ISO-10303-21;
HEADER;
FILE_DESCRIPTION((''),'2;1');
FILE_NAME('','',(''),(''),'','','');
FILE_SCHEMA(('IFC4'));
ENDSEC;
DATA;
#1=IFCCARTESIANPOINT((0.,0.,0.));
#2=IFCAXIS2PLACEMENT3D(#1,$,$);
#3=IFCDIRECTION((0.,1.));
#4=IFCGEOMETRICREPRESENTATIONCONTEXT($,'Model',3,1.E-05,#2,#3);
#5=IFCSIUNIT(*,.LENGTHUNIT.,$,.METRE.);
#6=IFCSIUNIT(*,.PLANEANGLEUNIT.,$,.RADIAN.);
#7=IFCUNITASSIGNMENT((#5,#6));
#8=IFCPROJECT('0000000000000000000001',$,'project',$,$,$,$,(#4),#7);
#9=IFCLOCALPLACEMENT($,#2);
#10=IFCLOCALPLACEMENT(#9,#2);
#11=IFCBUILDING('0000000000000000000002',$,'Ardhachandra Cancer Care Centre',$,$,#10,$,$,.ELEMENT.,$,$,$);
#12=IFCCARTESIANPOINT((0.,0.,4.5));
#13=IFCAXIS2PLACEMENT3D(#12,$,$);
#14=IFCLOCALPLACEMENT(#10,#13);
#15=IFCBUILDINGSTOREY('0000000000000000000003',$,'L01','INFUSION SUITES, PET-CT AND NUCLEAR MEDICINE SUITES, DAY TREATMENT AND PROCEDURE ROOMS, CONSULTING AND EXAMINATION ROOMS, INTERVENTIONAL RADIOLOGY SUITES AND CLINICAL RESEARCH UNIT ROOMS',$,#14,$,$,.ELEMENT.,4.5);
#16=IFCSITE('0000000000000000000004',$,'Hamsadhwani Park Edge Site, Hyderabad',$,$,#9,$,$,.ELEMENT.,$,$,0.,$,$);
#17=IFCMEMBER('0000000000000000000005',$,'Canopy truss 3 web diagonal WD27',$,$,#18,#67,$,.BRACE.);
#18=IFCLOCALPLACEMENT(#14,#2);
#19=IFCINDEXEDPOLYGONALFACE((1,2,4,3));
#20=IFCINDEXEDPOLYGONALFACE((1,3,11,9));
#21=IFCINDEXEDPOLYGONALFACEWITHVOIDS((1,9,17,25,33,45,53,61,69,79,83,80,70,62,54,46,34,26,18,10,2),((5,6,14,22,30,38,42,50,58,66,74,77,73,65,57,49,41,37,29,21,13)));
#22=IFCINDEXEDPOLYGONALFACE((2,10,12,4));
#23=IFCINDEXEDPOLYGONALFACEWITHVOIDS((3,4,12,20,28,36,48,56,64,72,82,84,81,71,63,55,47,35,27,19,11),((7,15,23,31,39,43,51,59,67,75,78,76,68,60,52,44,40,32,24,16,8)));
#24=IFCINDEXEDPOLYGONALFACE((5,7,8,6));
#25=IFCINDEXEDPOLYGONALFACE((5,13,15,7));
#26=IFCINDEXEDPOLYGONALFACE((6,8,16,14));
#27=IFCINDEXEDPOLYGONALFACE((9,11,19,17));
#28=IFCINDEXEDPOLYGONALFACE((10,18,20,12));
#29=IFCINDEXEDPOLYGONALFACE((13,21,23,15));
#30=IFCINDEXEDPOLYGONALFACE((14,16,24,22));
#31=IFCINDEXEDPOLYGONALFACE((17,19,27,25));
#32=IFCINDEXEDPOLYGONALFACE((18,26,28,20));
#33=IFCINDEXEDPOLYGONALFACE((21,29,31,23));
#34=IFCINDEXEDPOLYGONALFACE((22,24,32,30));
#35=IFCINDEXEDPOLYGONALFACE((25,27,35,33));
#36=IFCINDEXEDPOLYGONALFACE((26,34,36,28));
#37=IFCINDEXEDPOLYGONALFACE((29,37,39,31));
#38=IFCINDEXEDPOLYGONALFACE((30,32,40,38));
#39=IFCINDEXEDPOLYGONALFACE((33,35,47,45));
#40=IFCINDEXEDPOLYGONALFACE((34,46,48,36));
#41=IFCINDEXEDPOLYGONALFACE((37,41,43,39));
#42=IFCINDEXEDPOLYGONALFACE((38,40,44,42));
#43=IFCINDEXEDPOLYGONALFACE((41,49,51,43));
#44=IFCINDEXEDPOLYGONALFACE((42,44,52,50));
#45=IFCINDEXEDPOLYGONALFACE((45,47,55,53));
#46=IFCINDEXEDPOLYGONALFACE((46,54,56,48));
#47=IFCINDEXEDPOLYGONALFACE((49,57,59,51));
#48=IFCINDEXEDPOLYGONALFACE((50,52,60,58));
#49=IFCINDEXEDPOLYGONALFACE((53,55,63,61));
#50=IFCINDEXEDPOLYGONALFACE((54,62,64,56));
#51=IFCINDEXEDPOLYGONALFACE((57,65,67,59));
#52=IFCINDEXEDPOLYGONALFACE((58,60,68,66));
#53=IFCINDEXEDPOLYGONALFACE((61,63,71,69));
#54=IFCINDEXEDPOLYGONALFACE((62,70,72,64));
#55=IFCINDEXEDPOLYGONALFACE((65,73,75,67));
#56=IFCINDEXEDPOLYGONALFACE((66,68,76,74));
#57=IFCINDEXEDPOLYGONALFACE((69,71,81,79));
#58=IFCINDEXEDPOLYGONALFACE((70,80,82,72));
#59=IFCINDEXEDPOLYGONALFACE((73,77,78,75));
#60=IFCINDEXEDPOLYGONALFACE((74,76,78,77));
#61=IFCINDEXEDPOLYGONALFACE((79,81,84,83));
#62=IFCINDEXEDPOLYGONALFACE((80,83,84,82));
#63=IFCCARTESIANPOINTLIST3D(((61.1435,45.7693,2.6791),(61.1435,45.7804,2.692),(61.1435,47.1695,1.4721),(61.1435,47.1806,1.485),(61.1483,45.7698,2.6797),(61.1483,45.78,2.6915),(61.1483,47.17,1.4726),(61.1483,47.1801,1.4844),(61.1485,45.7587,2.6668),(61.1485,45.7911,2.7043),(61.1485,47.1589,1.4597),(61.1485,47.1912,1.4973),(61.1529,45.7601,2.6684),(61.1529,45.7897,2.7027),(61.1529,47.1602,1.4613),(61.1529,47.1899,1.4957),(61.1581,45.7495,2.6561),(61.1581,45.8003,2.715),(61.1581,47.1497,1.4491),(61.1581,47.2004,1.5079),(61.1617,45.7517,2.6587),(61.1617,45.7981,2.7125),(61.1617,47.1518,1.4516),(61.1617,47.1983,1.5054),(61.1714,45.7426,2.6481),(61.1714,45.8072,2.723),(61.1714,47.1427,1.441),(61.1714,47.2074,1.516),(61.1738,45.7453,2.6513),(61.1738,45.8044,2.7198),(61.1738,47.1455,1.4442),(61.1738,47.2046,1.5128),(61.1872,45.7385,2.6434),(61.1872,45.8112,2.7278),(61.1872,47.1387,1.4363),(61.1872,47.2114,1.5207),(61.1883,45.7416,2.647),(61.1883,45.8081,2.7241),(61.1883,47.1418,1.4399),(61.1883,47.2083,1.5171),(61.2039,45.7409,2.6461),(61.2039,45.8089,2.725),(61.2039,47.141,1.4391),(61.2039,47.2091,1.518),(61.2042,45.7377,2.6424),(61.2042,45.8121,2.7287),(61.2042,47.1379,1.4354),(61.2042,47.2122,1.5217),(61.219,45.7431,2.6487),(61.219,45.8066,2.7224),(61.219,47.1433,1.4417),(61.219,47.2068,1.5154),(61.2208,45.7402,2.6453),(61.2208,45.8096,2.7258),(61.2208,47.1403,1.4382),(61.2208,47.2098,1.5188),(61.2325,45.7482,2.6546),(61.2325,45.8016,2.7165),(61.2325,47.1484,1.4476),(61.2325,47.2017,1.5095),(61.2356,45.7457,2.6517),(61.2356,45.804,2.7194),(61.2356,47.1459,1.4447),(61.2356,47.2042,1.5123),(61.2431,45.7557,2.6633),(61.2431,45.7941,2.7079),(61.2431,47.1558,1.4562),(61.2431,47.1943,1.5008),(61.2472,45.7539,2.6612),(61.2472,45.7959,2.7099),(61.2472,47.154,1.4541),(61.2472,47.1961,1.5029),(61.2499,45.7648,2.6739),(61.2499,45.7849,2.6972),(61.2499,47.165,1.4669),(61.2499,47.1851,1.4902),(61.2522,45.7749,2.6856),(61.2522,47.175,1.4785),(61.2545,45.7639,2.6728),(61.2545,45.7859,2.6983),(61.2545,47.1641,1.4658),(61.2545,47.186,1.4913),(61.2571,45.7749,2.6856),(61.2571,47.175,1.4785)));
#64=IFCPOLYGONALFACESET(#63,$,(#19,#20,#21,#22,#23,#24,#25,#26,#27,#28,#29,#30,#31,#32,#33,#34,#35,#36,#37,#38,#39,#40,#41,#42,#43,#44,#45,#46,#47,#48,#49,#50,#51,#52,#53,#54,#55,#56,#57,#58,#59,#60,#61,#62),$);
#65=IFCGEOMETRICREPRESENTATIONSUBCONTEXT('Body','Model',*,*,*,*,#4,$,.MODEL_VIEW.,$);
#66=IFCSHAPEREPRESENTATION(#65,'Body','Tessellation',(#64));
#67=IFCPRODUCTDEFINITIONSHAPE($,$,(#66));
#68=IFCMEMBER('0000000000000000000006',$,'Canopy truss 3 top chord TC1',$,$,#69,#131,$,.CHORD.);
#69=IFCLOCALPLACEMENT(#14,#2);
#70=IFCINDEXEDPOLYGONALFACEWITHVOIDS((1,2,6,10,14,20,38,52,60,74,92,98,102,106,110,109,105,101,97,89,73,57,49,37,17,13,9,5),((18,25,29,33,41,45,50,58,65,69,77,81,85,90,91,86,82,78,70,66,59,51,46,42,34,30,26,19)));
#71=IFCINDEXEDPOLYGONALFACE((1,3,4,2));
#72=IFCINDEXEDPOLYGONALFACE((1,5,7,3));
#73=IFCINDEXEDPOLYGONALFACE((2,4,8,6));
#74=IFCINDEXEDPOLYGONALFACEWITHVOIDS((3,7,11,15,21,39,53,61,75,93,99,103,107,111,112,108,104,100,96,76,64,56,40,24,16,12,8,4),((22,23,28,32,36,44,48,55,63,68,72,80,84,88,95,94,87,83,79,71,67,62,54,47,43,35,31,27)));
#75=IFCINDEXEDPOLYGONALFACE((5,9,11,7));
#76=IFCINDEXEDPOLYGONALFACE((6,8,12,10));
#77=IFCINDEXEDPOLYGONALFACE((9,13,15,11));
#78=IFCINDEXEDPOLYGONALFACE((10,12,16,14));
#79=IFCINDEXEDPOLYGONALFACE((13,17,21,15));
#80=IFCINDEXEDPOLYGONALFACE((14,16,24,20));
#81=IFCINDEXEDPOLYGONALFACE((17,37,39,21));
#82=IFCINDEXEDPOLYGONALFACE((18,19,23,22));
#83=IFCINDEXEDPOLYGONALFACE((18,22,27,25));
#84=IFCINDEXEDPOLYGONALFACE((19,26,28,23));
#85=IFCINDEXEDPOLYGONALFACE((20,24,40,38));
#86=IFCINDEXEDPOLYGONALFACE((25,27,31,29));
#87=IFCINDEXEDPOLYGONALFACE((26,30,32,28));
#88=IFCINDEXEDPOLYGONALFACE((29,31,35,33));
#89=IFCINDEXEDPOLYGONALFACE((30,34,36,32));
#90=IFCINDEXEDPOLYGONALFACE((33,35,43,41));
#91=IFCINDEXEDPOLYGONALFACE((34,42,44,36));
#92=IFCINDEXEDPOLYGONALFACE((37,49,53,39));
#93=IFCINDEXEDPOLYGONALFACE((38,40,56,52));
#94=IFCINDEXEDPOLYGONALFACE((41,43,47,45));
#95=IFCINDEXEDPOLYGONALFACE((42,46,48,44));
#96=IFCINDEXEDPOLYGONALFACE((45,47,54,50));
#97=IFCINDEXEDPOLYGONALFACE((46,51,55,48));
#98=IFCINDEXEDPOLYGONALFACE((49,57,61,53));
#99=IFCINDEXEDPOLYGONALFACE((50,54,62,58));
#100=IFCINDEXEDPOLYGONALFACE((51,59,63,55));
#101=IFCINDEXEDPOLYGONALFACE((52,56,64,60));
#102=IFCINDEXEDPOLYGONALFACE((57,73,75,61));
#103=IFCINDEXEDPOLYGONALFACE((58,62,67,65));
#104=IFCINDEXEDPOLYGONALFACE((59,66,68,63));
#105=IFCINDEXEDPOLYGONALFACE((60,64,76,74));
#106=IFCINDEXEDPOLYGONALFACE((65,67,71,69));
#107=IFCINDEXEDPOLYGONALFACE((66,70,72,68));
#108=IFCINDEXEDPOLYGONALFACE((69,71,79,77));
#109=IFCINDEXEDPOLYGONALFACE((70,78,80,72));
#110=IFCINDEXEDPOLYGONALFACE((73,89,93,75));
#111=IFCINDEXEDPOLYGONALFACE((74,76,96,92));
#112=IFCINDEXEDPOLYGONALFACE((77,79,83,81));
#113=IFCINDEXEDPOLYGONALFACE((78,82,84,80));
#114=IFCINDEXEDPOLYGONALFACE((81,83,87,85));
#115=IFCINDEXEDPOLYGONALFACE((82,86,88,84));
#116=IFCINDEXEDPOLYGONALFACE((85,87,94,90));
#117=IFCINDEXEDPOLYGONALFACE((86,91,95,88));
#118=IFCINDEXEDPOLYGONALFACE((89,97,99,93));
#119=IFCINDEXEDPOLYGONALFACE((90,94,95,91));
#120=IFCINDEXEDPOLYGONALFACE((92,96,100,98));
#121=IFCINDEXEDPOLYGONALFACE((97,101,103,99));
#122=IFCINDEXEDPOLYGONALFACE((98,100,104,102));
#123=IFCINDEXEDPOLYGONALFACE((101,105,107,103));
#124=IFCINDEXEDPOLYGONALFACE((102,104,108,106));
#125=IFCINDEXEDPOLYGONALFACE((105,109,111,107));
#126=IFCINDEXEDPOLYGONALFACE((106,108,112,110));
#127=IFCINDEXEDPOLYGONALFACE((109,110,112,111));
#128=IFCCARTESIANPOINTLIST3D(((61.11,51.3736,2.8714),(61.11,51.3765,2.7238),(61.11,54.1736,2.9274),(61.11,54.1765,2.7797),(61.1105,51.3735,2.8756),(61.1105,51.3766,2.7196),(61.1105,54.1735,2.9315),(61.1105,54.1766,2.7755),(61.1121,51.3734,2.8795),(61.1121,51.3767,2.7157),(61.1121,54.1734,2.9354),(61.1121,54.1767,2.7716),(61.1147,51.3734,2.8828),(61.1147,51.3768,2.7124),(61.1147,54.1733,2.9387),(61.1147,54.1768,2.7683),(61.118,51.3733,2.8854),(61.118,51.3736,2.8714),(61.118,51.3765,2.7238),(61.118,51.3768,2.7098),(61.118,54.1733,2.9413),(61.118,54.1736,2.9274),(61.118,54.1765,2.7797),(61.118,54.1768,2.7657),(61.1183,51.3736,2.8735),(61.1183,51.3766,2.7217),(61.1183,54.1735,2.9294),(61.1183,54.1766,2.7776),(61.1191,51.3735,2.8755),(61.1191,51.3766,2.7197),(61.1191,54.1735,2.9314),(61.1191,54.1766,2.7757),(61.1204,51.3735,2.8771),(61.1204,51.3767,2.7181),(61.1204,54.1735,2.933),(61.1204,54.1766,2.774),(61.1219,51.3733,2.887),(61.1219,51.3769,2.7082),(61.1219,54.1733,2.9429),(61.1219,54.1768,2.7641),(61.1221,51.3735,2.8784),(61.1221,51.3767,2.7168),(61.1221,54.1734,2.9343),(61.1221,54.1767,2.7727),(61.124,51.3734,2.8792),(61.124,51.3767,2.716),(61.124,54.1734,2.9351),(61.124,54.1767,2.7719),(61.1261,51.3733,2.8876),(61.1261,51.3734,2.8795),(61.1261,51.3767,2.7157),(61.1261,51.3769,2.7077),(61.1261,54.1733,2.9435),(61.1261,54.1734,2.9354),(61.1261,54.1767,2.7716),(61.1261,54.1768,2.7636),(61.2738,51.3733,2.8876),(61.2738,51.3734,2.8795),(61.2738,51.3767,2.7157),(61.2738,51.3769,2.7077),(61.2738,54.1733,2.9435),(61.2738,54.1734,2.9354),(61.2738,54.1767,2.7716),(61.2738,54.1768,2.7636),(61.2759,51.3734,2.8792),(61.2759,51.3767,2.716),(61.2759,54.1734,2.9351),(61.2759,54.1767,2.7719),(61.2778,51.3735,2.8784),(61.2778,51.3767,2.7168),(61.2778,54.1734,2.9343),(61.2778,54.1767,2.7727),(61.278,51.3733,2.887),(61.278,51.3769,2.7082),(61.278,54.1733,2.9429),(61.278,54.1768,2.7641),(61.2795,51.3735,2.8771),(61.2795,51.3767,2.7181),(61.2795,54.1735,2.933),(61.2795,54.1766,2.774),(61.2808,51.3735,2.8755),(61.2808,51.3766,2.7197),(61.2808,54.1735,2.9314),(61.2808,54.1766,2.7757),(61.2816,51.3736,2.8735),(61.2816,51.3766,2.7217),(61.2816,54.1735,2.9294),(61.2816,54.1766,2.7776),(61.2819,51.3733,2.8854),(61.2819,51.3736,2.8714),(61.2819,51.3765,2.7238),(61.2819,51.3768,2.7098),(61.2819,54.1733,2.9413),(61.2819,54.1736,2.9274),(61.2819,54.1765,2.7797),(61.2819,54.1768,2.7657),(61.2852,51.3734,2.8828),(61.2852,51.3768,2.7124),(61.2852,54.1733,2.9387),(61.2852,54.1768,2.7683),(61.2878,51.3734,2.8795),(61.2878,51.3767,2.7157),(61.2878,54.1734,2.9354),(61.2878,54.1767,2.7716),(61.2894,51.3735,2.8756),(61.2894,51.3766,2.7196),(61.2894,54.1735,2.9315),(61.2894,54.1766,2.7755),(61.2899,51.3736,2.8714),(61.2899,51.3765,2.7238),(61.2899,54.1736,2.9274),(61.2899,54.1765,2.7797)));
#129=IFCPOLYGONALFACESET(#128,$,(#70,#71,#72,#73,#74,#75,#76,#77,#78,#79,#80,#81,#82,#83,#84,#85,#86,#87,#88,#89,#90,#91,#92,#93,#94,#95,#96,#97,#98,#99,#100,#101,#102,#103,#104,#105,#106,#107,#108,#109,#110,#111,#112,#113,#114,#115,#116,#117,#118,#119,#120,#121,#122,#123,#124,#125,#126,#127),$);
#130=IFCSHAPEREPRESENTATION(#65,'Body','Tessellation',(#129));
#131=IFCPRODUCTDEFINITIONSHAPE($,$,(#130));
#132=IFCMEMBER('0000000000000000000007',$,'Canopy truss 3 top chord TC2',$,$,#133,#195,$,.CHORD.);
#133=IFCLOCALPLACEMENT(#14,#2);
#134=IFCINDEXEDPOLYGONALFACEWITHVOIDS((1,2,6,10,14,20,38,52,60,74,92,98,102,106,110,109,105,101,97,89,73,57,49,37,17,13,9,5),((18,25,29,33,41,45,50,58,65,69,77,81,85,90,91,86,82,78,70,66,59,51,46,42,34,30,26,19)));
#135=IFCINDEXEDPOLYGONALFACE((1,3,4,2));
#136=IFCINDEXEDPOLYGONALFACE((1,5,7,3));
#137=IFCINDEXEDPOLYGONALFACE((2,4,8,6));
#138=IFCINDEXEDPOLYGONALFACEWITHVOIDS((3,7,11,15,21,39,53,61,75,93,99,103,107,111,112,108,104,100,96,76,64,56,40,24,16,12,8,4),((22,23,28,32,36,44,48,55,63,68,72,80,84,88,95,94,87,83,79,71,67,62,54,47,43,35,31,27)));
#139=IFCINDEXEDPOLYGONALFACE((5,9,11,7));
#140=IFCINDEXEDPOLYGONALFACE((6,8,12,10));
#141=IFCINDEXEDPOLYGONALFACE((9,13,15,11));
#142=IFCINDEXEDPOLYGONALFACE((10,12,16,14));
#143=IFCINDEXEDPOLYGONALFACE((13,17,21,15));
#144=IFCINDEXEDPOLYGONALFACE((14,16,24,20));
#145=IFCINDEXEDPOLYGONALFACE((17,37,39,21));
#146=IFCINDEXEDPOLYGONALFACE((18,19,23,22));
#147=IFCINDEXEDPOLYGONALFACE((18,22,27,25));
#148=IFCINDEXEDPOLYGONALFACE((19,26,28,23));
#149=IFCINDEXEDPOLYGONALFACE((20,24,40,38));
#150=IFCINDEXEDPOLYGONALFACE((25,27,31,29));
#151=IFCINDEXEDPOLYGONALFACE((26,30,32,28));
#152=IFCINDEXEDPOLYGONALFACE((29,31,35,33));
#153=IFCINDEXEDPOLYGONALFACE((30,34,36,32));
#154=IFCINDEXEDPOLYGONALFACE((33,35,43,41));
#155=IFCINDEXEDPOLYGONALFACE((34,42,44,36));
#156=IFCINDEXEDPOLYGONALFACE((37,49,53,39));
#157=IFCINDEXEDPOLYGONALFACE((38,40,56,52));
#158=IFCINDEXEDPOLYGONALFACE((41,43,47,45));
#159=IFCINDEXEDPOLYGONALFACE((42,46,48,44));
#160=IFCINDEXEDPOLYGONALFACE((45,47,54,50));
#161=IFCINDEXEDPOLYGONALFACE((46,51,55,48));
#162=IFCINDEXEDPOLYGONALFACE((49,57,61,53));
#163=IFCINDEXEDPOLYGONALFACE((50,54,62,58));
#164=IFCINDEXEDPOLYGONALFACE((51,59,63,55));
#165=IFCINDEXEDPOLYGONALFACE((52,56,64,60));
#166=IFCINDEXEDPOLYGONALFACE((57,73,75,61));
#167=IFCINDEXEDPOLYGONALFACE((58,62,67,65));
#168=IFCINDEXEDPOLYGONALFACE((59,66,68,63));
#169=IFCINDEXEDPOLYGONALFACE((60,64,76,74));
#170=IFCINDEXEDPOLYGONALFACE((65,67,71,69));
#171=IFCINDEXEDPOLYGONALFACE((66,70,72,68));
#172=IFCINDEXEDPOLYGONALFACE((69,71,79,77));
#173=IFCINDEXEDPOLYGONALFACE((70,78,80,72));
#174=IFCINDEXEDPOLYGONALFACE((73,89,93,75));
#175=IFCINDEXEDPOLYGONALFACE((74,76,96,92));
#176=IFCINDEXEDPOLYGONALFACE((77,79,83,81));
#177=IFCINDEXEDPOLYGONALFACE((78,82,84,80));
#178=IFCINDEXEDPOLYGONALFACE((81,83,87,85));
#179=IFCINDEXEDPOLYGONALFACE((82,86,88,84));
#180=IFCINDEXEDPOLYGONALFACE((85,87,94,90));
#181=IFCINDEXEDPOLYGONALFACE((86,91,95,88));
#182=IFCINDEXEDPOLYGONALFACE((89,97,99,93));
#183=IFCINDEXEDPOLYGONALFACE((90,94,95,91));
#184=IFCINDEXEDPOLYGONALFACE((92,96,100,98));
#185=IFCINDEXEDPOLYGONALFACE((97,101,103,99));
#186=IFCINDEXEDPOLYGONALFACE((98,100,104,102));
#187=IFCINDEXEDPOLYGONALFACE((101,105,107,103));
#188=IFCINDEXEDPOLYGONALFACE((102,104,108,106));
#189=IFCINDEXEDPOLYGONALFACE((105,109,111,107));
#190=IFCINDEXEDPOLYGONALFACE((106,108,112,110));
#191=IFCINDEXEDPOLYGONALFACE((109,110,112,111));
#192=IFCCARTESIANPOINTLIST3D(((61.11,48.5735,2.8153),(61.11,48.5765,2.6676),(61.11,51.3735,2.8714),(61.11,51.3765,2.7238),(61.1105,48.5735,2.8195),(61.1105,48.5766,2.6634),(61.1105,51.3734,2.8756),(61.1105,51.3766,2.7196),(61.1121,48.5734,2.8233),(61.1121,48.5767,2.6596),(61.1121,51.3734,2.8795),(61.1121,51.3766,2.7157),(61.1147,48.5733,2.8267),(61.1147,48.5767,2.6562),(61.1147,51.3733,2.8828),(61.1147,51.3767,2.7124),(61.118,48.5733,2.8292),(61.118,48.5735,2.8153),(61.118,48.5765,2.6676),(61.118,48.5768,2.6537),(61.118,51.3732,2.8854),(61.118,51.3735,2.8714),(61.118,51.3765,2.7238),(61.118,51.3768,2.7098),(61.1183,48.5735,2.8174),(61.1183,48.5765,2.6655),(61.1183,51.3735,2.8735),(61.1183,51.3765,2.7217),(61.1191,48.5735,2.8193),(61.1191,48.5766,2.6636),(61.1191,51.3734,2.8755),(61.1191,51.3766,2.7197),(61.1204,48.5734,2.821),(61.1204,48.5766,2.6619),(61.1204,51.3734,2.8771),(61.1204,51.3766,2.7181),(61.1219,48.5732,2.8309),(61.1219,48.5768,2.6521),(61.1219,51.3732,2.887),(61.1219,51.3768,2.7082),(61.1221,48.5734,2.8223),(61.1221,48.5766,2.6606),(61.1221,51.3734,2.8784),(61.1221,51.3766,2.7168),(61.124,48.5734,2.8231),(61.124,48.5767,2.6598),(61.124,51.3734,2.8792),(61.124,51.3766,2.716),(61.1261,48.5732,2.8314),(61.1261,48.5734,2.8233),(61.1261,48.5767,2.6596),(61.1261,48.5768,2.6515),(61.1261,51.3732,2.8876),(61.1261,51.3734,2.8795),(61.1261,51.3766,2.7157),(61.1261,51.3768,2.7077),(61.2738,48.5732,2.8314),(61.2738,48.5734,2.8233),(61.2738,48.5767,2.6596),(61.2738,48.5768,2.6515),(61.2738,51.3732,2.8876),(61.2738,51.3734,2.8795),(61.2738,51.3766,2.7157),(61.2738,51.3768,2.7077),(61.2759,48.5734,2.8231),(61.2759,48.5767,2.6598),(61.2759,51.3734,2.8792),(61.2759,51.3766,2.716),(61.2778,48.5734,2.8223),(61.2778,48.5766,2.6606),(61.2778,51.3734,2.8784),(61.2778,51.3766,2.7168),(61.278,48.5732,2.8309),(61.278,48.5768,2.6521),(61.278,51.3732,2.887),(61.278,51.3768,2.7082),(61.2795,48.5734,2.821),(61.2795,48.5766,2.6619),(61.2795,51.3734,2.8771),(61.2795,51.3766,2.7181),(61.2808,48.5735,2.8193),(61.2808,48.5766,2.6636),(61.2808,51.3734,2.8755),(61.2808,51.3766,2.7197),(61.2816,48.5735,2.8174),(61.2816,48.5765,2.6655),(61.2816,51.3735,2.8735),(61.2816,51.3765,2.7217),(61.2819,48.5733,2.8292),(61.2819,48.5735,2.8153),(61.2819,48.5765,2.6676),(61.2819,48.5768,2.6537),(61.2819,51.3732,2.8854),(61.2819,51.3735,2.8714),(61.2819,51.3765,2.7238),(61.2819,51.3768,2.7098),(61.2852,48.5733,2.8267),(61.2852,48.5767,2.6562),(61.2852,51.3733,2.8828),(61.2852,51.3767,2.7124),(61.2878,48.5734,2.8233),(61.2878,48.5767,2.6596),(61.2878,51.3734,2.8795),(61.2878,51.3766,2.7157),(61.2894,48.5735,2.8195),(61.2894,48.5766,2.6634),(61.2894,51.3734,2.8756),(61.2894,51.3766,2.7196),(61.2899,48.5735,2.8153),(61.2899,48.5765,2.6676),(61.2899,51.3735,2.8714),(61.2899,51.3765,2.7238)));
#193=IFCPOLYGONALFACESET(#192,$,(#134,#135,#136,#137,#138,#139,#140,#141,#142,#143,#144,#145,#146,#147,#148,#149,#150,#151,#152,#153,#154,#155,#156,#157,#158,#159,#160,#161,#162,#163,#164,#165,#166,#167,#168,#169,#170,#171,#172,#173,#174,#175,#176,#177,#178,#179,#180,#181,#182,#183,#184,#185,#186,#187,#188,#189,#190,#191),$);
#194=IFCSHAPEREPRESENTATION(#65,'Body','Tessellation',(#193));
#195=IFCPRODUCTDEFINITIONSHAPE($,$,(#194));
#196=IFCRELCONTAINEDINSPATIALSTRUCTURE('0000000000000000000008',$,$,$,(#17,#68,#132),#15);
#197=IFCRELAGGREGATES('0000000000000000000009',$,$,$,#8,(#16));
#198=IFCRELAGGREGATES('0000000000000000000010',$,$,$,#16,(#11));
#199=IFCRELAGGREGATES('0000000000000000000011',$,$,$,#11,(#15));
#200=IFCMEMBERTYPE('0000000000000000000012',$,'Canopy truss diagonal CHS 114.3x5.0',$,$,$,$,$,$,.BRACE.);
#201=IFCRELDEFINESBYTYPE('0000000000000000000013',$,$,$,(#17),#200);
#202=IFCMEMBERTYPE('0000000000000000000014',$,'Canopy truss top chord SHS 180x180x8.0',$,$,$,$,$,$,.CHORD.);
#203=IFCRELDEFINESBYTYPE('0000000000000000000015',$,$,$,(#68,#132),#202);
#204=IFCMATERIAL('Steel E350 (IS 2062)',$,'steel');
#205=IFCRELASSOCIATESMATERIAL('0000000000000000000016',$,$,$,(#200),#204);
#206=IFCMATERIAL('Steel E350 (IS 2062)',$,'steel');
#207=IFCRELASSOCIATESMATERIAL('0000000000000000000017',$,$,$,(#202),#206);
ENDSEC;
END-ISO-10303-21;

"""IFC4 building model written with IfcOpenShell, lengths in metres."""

from ifc_helpers import new_model, si_unit, direction, frame, origin, origin_2d, place, context, subcontext, project, spatial, hollow_rectangle, hollow_circle, extrude, material, material_profile, profile_set, type_object, element, save


model = new_model("IFC4")

# Units and contexts
model_context = context("Model", 3, precision=1e-05, world=origin(), true_north=direction((0.0, 1.0)))
body_context = subcontext(model_context, "Body", "Model", "MODEL_VIEW")
ifc_project = project(units=[si_unit("LENGTHUNIT", "METRE"), si_unit("PLANEANGLEUNIT", "RADIAN")], contexts=[model_context])

# Site, building, storey
site_placement = place(None, origin())
site = spatial("IfcSite", under=ifc_project, at=site_placement, Name="Hamsadhwani Park Edge Site, Hyderabad", CompositionType="ELEMENT", RefElevation=0.0)
building_placement = place(site_placement, origin())
building = spatial("IfcBuilding", under=site, at=building_placement, Name="Ardhachandra Cancer Care Centre", CompositionType="ELEMENT")
storey_placement = place(building_placement, frame((0.0, 0.0, 4.5)))
storey = spatial("IfcBuildingStorey", under=building, at=storey_placement, Name="L01", Description="INFUSION SUITES, PET-CT AND NUCLEAR MEDICINE SUITES, DAY TREATMENT AND PROCEDURE ROOMS, CONSULTING AND EXAMINATION ROOMS, INTERVENTIONAL RADIOLOGY SUITES AND CLINICAL RESEARCH UNIT ROOMS", CompositionType="ELEMENT", Elevation=4.5)

# Members
ifc_material_1 = material(Name="Steel E350 (IS 2062)", Category="steel")
ifc_material_profile_1 = material_profile(ifc_material_1, hollow_circle(Radius=0.0571, WallThickness=0.0049, at=origin_2d()), Name="CHS 114.3x5.0")
ifc_profile_set_1 = profile_set([ifc_material_profile_1], Name="Steel E350 (IS 2062)")
member_type_1 = type_object("IfcMemberType", Name="Canopy truss diagonal CHS 114.3x5.0", PredefinedType="BRACE", material=ifc_profile_set_1)
member_1_placement = place(storey_placement, frame((61.2, 47.175, 1.4785), z_axis=(0.0, -0.757408, 0.652942), x_axis=(1.0, 0.0, 0.0)))
element("IfcMember", 1, at=member_1_placement, inside=storey, type_object=member_type_1, Name="Canopy truss 3 web diagonal WD27", PredefinedType="BRACE", context=body_context, shape_type="SweptSolid", body=[
    extrude(hollow_circle(Radius=0.0571, WallThickness=0.0049, at=origin_2d()), origin(), (0.0, 0.0, 1.0), 1.8486),
])
ifc_material_2 = material(Name="Steel E350 (IS 2062)", Category="steel")
ifc_material_profile_2 = material_profile(ifc_material_2, hollow_rectangle(XDim=0.1799, YDim=0.1799, WallThickness=0.0081, InnerFilletRadius=0.0081, OuterFilletRadius=0.0161, at=origin_2d()), Name="SHS 180x180x8.0")
ifc_profile_set_2 = profile_set([ifc_material_profile_2], Name="Steel E350 (IS 2062)")
member_type_2 = type_object("IfcMemberType", Name="Canopy truss top chord SHS 180x180x8.0", PredefinedType="CHORD", material=ifc_profile_set_2)
for number, where, z_axis, x_axis, name in (
    (2, (61.2, 54.175, 2.8535), (0.0, -0.999801, -0.019963), (1.0, 0.0, 0.0), "Canopy truss 3 top chord TC1"),
    (3, (61.2, 51.375, 2.7976), (0.0, -0.999799, -0.02005), (1.0, 0.0, 0.0), "Canopy truss 3 top chord TC2"),
):
    element("IfcMember", number, at=place(storey_placement, frame(where, z_axis=z_axis, x_axis=x_axis)), inside=storey, type_object=member_type_2, Name=name, PredefinedType="CHORD", context=body_context, shape_type="SweptSolid", body=[
        extrude(hollow_rectangle(XDim=0.1799, YDim=0.1799, WallThickness=0.0081, InnerFilletRadius=0.0081, OuterFilletRadius=0.0161, at=origin_2d()), origin(), (0.0, 0.0, 1.0), 2.8005),
    ])

save(model, "model.ifc")
